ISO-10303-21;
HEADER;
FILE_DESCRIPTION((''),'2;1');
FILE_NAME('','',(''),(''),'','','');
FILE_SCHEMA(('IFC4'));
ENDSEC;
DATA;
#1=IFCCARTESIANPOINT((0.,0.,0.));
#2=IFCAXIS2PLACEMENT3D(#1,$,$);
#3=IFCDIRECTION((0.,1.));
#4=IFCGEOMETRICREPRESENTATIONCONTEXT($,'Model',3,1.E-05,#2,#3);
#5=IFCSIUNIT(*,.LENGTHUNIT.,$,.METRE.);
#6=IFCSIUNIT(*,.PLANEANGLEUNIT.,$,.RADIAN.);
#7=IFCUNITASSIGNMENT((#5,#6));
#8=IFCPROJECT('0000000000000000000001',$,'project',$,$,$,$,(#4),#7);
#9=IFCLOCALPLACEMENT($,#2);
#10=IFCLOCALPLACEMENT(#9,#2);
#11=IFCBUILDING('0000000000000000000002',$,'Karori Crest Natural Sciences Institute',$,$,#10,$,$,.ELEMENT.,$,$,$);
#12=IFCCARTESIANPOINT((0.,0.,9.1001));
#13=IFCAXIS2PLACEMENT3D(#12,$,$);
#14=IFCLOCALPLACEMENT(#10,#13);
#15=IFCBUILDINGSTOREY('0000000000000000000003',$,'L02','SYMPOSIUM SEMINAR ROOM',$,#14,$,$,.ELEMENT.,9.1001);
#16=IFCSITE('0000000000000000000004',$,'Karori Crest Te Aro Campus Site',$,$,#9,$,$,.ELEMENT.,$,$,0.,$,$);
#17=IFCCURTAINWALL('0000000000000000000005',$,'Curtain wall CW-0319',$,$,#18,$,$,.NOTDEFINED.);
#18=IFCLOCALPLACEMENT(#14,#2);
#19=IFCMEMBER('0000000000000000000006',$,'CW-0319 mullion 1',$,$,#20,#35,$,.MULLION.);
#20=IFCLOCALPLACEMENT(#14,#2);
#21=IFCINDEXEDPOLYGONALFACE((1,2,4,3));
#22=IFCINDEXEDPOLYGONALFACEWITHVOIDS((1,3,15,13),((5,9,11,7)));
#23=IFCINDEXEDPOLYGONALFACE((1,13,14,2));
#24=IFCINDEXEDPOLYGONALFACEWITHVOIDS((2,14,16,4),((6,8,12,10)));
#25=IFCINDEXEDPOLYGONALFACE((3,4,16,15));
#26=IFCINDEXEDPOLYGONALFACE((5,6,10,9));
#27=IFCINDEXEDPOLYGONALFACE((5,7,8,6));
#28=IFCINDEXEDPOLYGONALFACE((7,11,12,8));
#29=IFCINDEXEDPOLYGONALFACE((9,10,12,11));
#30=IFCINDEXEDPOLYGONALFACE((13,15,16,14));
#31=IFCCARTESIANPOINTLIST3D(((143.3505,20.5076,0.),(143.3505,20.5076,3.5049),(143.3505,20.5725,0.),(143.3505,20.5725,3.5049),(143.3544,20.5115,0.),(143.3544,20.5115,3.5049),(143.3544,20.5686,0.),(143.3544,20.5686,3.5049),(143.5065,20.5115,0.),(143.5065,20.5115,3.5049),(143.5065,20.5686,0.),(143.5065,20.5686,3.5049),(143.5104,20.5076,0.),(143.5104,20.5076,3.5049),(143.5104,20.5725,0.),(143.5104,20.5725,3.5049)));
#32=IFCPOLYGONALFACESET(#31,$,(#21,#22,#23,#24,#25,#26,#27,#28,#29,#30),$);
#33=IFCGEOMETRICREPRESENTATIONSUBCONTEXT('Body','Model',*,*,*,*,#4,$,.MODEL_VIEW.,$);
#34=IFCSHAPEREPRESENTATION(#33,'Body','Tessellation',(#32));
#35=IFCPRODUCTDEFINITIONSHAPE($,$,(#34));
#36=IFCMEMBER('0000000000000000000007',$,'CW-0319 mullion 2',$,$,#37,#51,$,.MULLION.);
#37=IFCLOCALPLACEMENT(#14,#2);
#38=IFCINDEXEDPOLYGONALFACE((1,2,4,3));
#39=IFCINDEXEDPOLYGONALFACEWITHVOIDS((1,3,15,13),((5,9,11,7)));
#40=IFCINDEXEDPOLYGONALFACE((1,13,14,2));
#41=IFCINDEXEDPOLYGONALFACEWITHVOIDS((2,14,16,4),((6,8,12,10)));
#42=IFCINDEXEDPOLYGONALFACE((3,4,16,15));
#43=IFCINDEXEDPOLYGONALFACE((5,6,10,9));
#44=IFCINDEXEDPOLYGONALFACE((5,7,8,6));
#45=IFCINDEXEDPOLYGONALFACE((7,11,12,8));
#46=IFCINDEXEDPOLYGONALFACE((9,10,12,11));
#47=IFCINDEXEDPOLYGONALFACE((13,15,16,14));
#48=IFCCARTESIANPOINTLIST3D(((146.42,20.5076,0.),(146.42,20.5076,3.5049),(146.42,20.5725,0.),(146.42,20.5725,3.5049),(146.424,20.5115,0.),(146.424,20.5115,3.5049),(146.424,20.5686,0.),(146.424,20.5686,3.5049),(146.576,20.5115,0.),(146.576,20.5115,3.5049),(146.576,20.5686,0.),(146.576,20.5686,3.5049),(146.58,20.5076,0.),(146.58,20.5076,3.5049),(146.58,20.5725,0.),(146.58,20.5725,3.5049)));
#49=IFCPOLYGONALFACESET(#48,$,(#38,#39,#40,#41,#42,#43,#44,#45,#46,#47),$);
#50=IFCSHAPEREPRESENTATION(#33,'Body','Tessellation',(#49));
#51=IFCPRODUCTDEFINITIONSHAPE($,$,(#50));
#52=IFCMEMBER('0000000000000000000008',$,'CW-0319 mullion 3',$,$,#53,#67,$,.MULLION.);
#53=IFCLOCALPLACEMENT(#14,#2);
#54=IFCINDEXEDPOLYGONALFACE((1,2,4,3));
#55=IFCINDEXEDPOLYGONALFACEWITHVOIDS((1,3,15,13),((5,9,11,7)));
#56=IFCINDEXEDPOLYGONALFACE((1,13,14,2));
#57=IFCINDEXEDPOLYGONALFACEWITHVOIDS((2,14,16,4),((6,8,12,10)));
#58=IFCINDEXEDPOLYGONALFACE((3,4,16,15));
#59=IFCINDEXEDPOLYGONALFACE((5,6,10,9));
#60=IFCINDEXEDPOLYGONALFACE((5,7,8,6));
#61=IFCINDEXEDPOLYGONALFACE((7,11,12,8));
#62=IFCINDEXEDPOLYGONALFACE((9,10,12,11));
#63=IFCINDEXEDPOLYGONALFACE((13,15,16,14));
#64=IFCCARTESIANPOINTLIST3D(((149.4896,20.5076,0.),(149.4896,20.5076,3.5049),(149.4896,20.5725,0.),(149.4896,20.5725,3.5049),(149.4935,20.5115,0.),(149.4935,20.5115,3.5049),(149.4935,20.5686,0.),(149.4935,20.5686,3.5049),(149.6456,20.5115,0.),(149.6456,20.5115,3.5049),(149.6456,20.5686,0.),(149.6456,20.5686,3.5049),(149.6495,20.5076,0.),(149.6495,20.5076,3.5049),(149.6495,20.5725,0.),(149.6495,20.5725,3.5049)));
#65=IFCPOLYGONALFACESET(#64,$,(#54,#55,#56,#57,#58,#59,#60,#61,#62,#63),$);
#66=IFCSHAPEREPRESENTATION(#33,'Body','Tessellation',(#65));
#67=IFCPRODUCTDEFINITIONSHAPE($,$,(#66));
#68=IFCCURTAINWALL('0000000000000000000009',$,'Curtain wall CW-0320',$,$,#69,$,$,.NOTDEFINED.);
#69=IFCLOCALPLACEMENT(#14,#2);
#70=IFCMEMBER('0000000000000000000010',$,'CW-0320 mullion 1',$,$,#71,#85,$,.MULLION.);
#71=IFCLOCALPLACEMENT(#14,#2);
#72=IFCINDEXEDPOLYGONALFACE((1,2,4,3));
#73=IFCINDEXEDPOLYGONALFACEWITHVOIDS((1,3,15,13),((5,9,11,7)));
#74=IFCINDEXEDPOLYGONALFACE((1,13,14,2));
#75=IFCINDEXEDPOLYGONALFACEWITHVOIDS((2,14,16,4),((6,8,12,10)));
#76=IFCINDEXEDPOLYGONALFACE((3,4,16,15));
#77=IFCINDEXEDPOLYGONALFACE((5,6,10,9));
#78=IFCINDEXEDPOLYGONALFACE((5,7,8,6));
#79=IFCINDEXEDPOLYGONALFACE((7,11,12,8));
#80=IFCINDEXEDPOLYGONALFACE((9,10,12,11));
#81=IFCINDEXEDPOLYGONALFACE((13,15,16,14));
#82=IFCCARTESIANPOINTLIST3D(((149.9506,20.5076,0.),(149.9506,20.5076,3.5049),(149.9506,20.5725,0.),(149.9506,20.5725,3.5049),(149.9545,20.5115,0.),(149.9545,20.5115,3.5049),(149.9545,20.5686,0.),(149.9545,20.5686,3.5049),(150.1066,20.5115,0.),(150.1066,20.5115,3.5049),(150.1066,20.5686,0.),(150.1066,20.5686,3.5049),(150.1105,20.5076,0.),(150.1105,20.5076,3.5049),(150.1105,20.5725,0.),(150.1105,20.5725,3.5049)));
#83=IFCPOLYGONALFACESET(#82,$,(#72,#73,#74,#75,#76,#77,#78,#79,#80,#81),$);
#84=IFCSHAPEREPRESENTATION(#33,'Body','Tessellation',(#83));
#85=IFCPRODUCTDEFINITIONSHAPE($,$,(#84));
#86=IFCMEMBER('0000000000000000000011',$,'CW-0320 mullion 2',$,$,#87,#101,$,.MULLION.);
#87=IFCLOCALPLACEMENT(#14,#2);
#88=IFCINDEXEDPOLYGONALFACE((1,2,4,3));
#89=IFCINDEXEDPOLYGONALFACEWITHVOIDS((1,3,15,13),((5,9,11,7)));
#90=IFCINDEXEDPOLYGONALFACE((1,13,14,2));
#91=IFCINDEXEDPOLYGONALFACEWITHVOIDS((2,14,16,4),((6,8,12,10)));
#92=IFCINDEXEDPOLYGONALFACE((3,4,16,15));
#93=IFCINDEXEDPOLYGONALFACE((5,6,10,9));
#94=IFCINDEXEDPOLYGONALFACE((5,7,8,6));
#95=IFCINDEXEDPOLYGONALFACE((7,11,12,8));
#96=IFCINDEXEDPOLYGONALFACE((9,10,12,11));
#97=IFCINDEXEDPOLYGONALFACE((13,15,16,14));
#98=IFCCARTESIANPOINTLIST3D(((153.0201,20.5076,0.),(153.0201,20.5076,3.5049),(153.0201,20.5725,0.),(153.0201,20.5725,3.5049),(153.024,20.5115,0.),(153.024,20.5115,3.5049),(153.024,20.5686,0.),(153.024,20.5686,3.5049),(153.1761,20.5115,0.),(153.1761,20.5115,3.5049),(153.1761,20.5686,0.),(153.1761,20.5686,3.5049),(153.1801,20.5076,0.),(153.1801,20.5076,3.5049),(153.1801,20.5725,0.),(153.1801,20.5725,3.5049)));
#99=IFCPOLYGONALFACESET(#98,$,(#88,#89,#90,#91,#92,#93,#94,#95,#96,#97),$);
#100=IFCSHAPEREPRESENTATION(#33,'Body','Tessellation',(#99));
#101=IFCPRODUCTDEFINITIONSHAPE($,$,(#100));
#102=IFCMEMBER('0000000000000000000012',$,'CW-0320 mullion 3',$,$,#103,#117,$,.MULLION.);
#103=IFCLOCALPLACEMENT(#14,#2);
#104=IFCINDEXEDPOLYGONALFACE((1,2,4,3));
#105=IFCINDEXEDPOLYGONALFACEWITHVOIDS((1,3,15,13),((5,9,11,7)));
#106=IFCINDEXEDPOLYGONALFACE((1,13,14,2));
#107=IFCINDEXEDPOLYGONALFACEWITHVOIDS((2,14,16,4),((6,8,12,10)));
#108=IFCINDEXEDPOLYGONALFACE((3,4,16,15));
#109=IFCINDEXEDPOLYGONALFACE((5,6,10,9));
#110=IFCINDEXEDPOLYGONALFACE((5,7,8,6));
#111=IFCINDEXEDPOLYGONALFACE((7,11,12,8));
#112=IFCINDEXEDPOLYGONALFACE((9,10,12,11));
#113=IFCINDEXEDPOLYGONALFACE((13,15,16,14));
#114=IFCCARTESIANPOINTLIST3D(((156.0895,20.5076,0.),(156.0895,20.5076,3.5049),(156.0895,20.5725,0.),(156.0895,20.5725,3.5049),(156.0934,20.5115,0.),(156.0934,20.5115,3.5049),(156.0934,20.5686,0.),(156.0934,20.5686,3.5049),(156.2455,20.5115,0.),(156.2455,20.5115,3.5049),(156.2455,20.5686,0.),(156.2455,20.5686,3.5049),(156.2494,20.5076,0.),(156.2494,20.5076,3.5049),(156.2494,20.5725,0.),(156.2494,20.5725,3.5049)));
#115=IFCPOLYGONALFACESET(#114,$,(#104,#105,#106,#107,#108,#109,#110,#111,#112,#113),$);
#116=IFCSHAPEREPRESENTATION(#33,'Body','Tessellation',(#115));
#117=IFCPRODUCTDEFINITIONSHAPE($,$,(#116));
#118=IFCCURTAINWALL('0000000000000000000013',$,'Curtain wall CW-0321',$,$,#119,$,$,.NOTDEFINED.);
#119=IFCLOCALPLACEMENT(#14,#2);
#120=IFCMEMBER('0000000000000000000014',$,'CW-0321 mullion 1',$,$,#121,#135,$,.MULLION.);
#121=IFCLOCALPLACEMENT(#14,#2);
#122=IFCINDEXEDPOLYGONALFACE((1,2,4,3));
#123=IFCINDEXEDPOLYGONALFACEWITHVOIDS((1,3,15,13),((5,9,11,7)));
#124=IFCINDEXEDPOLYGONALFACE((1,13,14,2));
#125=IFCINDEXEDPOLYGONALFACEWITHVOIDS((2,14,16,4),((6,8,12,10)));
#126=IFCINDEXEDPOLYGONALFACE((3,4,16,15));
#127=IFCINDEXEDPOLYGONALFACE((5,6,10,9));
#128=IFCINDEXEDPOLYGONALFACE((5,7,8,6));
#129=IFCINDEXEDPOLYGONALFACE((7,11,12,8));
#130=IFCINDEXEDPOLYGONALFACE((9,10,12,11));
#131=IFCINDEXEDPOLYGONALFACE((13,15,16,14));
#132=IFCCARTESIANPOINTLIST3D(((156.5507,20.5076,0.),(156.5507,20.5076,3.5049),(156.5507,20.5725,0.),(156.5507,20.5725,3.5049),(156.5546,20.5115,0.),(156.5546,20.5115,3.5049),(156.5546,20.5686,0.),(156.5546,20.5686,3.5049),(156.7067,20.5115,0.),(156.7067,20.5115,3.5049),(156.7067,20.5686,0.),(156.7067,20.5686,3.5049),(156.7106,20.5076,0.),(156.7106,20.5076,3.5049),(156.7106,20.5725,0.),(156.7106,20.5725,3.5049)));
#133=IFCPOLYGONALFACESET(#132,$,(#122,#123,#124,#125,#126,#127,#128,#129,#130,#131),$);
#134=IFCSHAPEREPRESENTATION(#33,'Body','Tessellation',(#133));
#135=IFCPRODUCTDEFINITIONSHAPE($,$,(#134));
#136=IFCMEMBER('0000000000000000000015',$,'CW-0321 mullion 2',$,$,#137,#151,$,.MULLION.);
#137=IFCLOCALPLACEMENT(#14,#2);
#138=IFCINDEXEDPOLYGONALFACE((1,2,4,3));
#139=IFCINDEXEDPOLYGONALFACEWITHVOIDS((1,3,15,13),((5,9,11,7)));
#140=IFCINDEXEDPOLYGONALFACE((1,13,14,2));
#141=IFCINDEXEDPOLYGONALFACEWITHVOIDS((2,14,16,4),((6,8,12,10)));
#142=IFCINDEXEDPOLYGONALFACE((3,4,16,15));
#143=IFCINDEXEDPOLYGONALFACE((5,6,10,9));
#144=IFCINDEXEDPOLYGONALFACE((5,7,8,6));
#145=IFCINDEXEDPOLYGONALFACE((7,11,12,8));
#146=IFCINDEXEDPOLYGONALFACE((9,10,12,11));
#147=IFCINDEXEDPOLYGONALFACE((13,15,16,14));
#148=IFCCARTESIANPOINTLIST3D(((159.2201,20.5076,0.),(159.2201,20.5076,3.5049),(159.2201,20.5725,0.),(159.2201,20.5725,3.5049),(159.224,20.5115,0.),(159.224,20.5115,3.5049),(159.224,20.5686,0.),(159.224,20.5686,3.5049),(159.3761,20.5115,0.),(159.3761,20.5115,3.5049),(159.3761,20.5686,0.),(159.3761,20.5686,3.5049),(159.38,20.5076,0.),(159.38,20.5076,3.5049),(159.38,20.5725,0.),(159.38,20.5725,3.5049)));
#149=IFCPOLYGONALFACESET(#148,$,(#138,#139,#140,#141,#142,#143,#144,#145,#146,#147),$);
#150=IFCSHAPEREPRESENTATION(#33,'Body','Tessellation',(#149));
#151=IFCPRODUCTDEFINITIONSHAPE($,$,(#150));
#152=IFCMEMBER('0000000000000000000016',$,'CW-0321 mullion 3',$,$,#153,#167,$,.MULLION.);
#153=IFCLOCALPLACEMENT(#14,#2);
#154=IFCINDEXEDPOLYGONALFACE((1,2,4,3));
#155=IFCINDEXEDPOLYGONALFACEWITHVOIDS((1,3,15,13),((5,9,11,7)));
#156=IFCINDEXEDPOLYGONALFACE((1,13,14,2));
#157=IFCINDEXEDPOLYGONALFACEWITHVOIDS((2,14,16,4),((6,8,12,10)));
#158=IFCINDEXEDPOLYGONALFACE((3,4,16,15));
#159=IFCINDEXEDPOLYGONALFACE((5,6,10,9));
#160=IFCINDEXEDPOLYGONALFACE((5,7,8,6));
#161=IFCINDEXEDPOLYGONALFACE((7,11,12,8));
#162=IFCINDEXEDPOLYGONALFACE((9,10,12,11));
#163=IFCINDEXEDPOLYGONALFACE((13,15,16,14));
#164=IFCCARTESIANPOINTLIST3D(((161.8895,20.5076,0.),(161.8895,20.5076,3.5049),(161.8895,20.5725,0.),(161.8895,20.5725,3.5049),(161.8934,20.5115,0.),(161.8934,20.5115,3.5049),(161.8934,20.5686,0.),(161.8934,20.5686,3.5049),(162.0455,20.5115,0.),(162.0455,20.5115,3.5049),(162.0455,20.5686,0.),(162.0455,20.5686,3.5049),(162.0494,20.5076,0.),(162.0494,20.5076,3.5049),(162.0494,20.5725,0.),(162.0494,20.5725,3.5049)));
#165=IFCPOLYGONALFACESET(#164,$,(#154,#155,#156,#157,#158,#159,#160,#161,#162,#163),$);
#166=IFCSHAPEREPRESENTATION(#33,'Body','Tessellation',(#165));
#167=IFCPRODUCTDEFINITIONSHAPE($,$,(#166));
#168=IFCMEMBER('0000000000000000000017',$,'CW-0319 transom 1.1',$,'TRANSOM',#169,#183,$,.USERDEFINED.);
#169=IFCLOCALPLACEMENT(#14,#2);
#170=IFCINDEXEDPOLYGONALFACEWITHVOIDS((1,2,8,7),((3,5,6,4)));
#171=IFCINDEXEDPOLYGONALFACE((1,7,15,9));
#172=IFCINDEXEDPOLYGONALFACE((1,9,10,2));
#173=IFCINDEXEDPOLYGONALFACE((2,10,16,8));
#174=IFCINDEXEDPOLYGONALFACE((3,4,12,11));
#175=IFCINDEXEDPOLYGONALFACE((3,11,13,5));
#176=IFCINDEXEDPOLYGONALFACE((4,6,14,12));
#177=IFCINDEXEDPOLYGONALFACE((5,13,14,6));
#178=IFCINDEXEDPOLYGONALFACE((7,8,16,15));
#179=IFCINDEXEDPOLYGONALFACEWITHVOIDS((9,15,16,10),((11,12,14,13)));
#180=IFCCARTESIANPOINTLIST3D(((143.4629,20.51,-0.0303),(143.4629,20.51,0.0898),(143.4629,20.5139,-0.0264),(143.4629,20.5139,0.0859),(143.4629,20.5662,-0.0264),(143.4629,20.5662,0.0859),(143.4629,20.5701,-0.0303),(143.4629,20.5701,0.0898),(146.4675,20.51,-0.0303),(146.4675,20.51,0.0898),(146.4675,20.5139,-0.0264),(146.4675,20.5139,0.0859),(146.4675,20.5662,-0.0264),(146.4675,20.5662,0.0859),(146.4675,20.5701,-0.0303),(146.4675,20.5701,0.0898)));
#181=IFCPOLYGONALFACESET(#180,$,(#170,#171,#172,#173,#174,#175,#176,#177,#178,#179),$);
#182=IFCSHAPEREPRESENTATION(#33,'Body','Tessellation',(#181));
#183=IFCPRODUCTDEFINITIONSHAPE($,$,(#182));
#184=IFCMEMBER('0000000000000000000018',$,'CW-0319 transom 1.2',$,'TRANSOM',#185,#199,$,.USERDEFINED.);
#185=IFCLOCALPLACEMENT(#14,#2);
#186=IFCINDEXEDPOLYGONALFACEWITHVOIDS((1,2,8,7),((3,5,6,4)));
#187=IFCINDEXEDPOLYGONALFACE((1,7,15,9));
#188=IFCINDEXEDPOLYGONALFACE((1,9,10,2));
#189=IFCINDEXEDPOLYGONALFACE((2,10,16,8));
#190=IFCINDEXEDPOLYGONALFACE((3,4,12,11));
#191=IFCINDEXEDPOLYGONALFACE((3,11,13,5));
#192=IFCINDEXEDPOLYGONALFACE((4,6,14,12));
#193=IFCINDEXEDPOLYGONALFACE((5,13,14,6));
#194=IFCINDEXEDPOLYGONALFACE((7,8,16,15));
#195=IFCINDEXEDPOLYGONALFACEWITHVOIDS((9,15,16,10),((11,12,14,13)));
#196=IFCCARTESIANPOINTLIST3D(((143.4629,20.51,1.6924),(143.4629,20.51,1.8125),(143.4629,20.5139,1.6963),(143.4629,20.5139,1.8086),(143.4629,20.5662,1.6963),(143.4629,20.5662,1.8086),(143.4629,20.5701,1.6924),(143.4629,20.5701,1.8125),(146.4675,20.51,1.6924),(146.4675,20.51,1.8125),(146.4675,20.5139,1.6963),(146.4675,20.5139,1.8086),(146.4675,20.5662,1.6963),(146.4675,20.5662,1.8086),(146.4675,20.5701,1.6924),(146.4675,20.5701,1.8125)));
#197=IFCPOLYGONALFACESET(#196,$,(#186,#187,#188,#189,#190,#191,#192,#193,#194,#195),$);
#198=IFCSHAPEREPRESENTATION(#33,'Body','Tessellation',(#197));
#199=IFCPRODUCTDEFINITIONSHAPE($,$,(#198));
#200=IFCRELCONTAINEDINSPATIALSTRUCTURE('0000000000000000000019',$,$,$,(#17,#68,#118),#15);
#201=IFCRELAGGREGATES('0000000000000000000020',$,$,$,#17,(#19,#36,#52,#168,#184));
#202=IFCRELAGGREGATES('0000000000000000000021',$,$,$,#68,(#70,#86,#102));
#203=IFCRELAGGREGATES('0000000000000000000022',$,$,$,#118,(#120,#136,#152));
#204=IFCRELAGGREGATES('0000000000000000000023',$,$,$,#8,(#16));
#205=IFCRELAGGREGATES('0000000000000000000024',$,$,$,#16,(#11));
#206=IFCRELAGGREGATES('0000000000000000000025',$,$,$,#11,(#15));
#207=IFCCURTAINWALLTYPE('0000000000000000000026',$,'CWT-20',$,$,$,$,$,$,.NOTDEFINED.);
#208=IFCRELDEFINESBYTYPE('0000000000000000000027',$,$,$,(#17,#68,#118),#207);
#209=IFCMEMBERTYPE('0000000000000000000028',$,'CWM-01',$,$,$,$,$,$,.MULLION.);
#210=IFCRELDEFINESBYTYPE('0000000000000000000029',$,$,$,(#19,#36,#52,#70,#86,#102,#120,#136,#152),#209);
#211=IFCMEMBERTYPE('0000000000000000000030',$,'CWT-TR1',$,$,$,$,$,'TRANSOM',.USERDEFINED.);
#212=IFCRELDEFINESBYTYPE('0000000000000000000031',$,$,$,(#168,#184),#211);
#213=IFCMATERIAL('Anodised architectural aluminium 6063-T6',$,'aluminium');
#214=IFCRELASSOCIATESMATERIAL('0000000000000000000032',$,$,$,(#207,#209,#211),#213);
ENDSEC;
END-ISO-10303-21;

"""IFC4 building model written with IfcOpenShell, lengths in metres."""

from ifc_helpers import new_model, si_unit, direction, frame, origin, origin_2d, place, context, subcontext, project, spatial, hollow_rectangle, extrude, material, material_profile, profile_set, type_object, element, aggregate, save


model = new_model("IFC4")

# Units and contexts
model_context = context("Model", 3, precision=1e-05, world=origin(), true_north=direction((0.0, 1.0)))
body_context = subcontext(model_context, "Body", "Model", "MODEL_VIEW")
ifc_project = project(units=[si_unit("LENGTHUNIT", "METRE"), si_unit("PLANEANGLEUNIT", "RADIAN")], contexts=[model_context])

# Site, building, storey
site_placement = place(None, origin())
site = spatial("IfcSite", under=ifc_project, at=site_placement, Name="Karori Crest Te Aro Campus Site", CompositionType="ELEMENT", RefElevation=0.0)
building_placement = place(site_placement, origin())
building = spatial("IfcBuilding", under=site, at=building_placement, Name="Karori Crest Natural Sciences Institute", CompositionType="ELEMENT")
storey_placement = place(building_placement, frame((0.0, 0.0, 9.1001)))
storey = spatial("IfcBuildingStorey", under=building, at=storey_placement, Name="L02", Description="SYMPOSIUM SEMINAR ROOM", CompositionType="ELEMENT", Elevation=9.1001)

# Curtain walls, members
ifc_material_1 = material(Name="Anodised architectural aluminium 6063-T6", Category="aluminium")
curtain_wall_type = type_object("IfcCurtainWallType", Name="CWT-20", PredefinedType="NOTDEFINED", material=ifc_material_1)
curtain_wall_1_placement = place(storey_placement, origin())
curtain_wall_1 = element("IfcCurtainWall", 1, at=curtain_wall_1_placement, inside=storey, type_object=curtain_wall_type, Name="Curtain wall CW-0319", PredefinedType="NOTDEFINED")
ifc_material_profile_1 = material_profile(ifc_material_1, hollow_rectangle(XDim=0.0649, YDim=0.1599, WallThickness=0.0039, at=origin_2d()), Name="CWM160x65x4")
ifc_profile_set_1 = profile_set([ifc_material_profile_1], Name="Anodised architectural aluminium 6063-T6")
member_type_1 = type_object("IfcMemberType", Name="CWM-01", PredefinedType="MULLION", material=ifc_profile_set_1)
member_1_placement = place(storey_placement, frame((143.4304, 20.54, 0.0), z_axis=(0.0, 0.0, 1.0), x_axis=(0.0, 1.0, 0.0)))
member_1 = element("IfcMember", 2, at=member_1_placement, type_object=member_type_1, Name="CW-0319 mullion 1", PredefinedType="MULLION", context=body_context, shape_type="SweptSolid", body=[
    extrude(hollow_rectangle(XDim=0.0649, YDim=0.1599, WallThickness=0.0039, at=origin_2d()), origin(), (0.0, 0.0, 1.0), 3.5049),
])
member_2_placement = place(storey_placement, frame((146.5, 20.54, 0.0), z_axis=(0.0, 0.0, 1.0), x_axis=(0.0, 1.0, 0.0)))
member_2 = element("IfcMember", 3, at=member_2_placement, type_object=member_type_1, Name="CW-0319 mullion 2", PredefinedType="MULLION", context=body_context, shape_type="SweptSolid", body=[
    extrude(hollow_rectangle(XDim=0.0649, YDim=0.1599, WallThickness=0.0039, at=origin_2d()), origin(), (0.0, 0.0, 1.0), 3.5049),
])
member_3_placement = place(storey_placement, frame((149.5696, 20.54, 0.0), z_axis=(0.0, 0.0, 1.0), x_axis=(0.0, 1.0, 0.0)))
member_3 = element("IfcMember", 4, at=member_3_placement, type_object=member_type_1, Name="CW-0319 mullion 3", PredefinedType="MULLION", context=body_context, shape_type="SweptSolid", body=[
    extrude(hollow_rectangle(XDim=0.0649, YDim=0.1599, WallThickness=0.0039, at=origin_2d()), origin(), (0.0, 0.0, 1.0), 3.5049),
])
curtain_wall_2_placement = place(storey_placement, origin())
curtain_wall_2 = element("IfcCurtainWall", 5, at=curtain_wall_2_placement, inside=storey, type_object=curtain_wall_type, Name="Curtain wall CW-0320", PredefinedType="NOTDEFINED")
member_4_placement = place(storey_placement, frame((150.0305, 20.54, 0.0), z_axis=(0.0, 0.0, 1.0), x_axis=(0.0, 1.0, 0.0)))
member_4 = element("IfcMember", 6, at=member_4_placement, type_object=member_type_1, Name="CW-0320 mullion 1", PredefinedType="MULLION", context=body_context, shape_type="SweptSolid", body=[
    extrude(hollow_rectangle(XDim=0.0649, YDim=0.1599, WallThickness=0.0039, at=origin_2d()), origin(), (0.0, 0.0, 1.0), 3.5049),
])
member_5_placement = place(storey_placement, frame((153.1001, 20.54, 0.0), z_axis=(0.0, 0.0, 1.0), x_axis=(0.0, 1.0, 0.0)))
member_5 = element("IfcMember", 7, at=member_5_placement, type_object=member_type_1, Name="CW-0320 mullion 2", PredefinedType="MULLION", context=body_context, shape_type="SweptSolid", body=[
    extrude(hollow_rectangle(XDim=0.0649, YDim=0.1599, WallThickness=0.0039, at=origin_2d()), origin(), (0.0, 0.0, 1.0), 3.5049),
])
member_6_placement = place(storey_placement, frame((156.1694, 20.54, 0.0), z_axis=(0.0, 0.0, 1.0), x_axis=(0.0, 1.0, 0.0)))
member_6 = element("IfcMember", 8, at=member_6_placement, type_object=member_type_1, Name="CW-0320 mullion 3", PredefinedType="MULLION", context=body_context, shape_type="SweptSolid", body=[
    extrude(hollow_rectangle(XDim=0.0649, YDim=0.1599, WallThickness=0.0039, at=origin_2d()), origin(), (0.0, 0.0, 1.0), 3.5049),
])
curtain_wall_3_placement = place(storey_placement, origin())
curtain_wall_3 = element("IfcCurtainWall", 9, at=curtain_wall_3_placement, inside=storey, type_object=curtain_wall_type, Name="Curtain wall CW-0321", PredefinedType="NOTDEFINED")
member_7_placement = place(storey_placement, frame((156.6306, 20.54, 0.0), z_axis=(0.0, 0.0, 1.0), x_axis=(0.0, 1.0, 0.0)))
member_7 = element("IfcMember", 10, at=member_7_placement, type_object=member_type_1, Name="CW-0321 mullion 1", PredefinedType="MULLION", context=body_context, shape_type="SweptSolid", body=[
    extrude(hollow_rectangle(XDim=0.0649, YDim=0.1599, WallThickness=0.0039, at=origin_2d()), origin(), (0.0, 0.0, 1.0), 3.5049),
])
member_8_placement = place(storey_placement, frame((159.3, 20.54, 0.0), z_axis=(0.0, 0.0, 1.0), x_axis=(0.0, 1.0, 0.0)))
member_8 = element("IfcMember", 11, at=member_8_placement, type_object=member_type_1, Name="CW-0321 mullion 2", PredefinedType="MULLION", context=body_context, shape_type="SweptSolid", body=[
    extrude(hollow_rectangle(XDim=0.0649, YDim=0.1599, WallThickness=0.0039, at=origin_2d()), origin(), (0.0, 0.0, 1.0), 3.5049),
])
member_9_placement = place(storey_placement, frame((161.9695, 20.54, 0.0), z_axis=(0.0, 0.0, 1.0), x_axis=(0.0, 1.0, 0.0)))
member_9 = element("IfcMember", 12, at=member_9_placement, type_object=member_type_1, Name="CW-0321 mullion 3", PredefinedType="MULLION", context=body_context, shape_type="SweptSolid", body=[
    extrude(hollow_rectangle(XDim=0.0649, YDim=0.1599, WallThickness=0.0039, at=origin_2d()), origin(), (0.0, 0.0, 1.0), 3.5049),
])

# Members
ifc_material_profile_2 = material_profile(ifc_material_1, hollow_rectangle(XDim=0.0601, YDim=0.1201, WallThickness=0.0039, at=origin_2d()), Name="CWT120x60x4")
ifc_profile_set_2 = profile_set([ifc_material_profile_2], Name="Anodised architectural aluminium 6063-T6")
member_type_2 = type_object("IfcMemberType", Name="CWT-TR1", ElementType="TRANSOM", PredefinedType="USERDEFINED", material=ifc_profile_set_2)
member_10_placement = place(storey_placement, frame((143.4629, 20.54, 0.0298), z_axis=(1.0, 0.0, 0.0), x_axis=(0.0, 1.0, 0.0)))
member_10 = element("IfcMember", 13, at=member_10_placement, type_object=member_type_2, Name="CW-0319 transom 1.1", ObjectType="TRANSOM", PredefinedType="USERDEFINED", context=body_context, shape_type="SweptSolid", body=[
    extrude(hollow_rectangle(XDim=0.0601, YDim=0.1201, WallThickness=0.0039, at=origin_2d()), origin(), (0.0, 0.0, 1.0), 3.0046),
])
member_11_placement = place(storey_placement, frame((143.4629, 20.54, 1.7524), z_axis=(1.0, 0.0, 0.0), x_axis=(0.0, 1.0, 0.0)))
member_11 = element("IfcMember", 14, at=member_11_placement, type_object=member_type_2, Name="CW-0319 transom 1.2", ObjectType="TRANSOM", PredefinedType="USERDEFINED", context=body_context, shape_type="SweptSolid", body=[
    extrude(hollow_rectangle(XDim=0.0601, YDim=0.1201, WallThickness=0.0039, at=origin_2d()), origin(), (0.0, 0.0, 1.0), 3.0046),
])

aggregate(curtain_wall_1, [member_1, member_2, member_3, member_10, member_11])
aggregate(curtain_wall_2, [member_4, member_5, member_6])
aggregate(curtain_wall_3, [member_7, member_8, member_9])

save(model, "model.ifc")
